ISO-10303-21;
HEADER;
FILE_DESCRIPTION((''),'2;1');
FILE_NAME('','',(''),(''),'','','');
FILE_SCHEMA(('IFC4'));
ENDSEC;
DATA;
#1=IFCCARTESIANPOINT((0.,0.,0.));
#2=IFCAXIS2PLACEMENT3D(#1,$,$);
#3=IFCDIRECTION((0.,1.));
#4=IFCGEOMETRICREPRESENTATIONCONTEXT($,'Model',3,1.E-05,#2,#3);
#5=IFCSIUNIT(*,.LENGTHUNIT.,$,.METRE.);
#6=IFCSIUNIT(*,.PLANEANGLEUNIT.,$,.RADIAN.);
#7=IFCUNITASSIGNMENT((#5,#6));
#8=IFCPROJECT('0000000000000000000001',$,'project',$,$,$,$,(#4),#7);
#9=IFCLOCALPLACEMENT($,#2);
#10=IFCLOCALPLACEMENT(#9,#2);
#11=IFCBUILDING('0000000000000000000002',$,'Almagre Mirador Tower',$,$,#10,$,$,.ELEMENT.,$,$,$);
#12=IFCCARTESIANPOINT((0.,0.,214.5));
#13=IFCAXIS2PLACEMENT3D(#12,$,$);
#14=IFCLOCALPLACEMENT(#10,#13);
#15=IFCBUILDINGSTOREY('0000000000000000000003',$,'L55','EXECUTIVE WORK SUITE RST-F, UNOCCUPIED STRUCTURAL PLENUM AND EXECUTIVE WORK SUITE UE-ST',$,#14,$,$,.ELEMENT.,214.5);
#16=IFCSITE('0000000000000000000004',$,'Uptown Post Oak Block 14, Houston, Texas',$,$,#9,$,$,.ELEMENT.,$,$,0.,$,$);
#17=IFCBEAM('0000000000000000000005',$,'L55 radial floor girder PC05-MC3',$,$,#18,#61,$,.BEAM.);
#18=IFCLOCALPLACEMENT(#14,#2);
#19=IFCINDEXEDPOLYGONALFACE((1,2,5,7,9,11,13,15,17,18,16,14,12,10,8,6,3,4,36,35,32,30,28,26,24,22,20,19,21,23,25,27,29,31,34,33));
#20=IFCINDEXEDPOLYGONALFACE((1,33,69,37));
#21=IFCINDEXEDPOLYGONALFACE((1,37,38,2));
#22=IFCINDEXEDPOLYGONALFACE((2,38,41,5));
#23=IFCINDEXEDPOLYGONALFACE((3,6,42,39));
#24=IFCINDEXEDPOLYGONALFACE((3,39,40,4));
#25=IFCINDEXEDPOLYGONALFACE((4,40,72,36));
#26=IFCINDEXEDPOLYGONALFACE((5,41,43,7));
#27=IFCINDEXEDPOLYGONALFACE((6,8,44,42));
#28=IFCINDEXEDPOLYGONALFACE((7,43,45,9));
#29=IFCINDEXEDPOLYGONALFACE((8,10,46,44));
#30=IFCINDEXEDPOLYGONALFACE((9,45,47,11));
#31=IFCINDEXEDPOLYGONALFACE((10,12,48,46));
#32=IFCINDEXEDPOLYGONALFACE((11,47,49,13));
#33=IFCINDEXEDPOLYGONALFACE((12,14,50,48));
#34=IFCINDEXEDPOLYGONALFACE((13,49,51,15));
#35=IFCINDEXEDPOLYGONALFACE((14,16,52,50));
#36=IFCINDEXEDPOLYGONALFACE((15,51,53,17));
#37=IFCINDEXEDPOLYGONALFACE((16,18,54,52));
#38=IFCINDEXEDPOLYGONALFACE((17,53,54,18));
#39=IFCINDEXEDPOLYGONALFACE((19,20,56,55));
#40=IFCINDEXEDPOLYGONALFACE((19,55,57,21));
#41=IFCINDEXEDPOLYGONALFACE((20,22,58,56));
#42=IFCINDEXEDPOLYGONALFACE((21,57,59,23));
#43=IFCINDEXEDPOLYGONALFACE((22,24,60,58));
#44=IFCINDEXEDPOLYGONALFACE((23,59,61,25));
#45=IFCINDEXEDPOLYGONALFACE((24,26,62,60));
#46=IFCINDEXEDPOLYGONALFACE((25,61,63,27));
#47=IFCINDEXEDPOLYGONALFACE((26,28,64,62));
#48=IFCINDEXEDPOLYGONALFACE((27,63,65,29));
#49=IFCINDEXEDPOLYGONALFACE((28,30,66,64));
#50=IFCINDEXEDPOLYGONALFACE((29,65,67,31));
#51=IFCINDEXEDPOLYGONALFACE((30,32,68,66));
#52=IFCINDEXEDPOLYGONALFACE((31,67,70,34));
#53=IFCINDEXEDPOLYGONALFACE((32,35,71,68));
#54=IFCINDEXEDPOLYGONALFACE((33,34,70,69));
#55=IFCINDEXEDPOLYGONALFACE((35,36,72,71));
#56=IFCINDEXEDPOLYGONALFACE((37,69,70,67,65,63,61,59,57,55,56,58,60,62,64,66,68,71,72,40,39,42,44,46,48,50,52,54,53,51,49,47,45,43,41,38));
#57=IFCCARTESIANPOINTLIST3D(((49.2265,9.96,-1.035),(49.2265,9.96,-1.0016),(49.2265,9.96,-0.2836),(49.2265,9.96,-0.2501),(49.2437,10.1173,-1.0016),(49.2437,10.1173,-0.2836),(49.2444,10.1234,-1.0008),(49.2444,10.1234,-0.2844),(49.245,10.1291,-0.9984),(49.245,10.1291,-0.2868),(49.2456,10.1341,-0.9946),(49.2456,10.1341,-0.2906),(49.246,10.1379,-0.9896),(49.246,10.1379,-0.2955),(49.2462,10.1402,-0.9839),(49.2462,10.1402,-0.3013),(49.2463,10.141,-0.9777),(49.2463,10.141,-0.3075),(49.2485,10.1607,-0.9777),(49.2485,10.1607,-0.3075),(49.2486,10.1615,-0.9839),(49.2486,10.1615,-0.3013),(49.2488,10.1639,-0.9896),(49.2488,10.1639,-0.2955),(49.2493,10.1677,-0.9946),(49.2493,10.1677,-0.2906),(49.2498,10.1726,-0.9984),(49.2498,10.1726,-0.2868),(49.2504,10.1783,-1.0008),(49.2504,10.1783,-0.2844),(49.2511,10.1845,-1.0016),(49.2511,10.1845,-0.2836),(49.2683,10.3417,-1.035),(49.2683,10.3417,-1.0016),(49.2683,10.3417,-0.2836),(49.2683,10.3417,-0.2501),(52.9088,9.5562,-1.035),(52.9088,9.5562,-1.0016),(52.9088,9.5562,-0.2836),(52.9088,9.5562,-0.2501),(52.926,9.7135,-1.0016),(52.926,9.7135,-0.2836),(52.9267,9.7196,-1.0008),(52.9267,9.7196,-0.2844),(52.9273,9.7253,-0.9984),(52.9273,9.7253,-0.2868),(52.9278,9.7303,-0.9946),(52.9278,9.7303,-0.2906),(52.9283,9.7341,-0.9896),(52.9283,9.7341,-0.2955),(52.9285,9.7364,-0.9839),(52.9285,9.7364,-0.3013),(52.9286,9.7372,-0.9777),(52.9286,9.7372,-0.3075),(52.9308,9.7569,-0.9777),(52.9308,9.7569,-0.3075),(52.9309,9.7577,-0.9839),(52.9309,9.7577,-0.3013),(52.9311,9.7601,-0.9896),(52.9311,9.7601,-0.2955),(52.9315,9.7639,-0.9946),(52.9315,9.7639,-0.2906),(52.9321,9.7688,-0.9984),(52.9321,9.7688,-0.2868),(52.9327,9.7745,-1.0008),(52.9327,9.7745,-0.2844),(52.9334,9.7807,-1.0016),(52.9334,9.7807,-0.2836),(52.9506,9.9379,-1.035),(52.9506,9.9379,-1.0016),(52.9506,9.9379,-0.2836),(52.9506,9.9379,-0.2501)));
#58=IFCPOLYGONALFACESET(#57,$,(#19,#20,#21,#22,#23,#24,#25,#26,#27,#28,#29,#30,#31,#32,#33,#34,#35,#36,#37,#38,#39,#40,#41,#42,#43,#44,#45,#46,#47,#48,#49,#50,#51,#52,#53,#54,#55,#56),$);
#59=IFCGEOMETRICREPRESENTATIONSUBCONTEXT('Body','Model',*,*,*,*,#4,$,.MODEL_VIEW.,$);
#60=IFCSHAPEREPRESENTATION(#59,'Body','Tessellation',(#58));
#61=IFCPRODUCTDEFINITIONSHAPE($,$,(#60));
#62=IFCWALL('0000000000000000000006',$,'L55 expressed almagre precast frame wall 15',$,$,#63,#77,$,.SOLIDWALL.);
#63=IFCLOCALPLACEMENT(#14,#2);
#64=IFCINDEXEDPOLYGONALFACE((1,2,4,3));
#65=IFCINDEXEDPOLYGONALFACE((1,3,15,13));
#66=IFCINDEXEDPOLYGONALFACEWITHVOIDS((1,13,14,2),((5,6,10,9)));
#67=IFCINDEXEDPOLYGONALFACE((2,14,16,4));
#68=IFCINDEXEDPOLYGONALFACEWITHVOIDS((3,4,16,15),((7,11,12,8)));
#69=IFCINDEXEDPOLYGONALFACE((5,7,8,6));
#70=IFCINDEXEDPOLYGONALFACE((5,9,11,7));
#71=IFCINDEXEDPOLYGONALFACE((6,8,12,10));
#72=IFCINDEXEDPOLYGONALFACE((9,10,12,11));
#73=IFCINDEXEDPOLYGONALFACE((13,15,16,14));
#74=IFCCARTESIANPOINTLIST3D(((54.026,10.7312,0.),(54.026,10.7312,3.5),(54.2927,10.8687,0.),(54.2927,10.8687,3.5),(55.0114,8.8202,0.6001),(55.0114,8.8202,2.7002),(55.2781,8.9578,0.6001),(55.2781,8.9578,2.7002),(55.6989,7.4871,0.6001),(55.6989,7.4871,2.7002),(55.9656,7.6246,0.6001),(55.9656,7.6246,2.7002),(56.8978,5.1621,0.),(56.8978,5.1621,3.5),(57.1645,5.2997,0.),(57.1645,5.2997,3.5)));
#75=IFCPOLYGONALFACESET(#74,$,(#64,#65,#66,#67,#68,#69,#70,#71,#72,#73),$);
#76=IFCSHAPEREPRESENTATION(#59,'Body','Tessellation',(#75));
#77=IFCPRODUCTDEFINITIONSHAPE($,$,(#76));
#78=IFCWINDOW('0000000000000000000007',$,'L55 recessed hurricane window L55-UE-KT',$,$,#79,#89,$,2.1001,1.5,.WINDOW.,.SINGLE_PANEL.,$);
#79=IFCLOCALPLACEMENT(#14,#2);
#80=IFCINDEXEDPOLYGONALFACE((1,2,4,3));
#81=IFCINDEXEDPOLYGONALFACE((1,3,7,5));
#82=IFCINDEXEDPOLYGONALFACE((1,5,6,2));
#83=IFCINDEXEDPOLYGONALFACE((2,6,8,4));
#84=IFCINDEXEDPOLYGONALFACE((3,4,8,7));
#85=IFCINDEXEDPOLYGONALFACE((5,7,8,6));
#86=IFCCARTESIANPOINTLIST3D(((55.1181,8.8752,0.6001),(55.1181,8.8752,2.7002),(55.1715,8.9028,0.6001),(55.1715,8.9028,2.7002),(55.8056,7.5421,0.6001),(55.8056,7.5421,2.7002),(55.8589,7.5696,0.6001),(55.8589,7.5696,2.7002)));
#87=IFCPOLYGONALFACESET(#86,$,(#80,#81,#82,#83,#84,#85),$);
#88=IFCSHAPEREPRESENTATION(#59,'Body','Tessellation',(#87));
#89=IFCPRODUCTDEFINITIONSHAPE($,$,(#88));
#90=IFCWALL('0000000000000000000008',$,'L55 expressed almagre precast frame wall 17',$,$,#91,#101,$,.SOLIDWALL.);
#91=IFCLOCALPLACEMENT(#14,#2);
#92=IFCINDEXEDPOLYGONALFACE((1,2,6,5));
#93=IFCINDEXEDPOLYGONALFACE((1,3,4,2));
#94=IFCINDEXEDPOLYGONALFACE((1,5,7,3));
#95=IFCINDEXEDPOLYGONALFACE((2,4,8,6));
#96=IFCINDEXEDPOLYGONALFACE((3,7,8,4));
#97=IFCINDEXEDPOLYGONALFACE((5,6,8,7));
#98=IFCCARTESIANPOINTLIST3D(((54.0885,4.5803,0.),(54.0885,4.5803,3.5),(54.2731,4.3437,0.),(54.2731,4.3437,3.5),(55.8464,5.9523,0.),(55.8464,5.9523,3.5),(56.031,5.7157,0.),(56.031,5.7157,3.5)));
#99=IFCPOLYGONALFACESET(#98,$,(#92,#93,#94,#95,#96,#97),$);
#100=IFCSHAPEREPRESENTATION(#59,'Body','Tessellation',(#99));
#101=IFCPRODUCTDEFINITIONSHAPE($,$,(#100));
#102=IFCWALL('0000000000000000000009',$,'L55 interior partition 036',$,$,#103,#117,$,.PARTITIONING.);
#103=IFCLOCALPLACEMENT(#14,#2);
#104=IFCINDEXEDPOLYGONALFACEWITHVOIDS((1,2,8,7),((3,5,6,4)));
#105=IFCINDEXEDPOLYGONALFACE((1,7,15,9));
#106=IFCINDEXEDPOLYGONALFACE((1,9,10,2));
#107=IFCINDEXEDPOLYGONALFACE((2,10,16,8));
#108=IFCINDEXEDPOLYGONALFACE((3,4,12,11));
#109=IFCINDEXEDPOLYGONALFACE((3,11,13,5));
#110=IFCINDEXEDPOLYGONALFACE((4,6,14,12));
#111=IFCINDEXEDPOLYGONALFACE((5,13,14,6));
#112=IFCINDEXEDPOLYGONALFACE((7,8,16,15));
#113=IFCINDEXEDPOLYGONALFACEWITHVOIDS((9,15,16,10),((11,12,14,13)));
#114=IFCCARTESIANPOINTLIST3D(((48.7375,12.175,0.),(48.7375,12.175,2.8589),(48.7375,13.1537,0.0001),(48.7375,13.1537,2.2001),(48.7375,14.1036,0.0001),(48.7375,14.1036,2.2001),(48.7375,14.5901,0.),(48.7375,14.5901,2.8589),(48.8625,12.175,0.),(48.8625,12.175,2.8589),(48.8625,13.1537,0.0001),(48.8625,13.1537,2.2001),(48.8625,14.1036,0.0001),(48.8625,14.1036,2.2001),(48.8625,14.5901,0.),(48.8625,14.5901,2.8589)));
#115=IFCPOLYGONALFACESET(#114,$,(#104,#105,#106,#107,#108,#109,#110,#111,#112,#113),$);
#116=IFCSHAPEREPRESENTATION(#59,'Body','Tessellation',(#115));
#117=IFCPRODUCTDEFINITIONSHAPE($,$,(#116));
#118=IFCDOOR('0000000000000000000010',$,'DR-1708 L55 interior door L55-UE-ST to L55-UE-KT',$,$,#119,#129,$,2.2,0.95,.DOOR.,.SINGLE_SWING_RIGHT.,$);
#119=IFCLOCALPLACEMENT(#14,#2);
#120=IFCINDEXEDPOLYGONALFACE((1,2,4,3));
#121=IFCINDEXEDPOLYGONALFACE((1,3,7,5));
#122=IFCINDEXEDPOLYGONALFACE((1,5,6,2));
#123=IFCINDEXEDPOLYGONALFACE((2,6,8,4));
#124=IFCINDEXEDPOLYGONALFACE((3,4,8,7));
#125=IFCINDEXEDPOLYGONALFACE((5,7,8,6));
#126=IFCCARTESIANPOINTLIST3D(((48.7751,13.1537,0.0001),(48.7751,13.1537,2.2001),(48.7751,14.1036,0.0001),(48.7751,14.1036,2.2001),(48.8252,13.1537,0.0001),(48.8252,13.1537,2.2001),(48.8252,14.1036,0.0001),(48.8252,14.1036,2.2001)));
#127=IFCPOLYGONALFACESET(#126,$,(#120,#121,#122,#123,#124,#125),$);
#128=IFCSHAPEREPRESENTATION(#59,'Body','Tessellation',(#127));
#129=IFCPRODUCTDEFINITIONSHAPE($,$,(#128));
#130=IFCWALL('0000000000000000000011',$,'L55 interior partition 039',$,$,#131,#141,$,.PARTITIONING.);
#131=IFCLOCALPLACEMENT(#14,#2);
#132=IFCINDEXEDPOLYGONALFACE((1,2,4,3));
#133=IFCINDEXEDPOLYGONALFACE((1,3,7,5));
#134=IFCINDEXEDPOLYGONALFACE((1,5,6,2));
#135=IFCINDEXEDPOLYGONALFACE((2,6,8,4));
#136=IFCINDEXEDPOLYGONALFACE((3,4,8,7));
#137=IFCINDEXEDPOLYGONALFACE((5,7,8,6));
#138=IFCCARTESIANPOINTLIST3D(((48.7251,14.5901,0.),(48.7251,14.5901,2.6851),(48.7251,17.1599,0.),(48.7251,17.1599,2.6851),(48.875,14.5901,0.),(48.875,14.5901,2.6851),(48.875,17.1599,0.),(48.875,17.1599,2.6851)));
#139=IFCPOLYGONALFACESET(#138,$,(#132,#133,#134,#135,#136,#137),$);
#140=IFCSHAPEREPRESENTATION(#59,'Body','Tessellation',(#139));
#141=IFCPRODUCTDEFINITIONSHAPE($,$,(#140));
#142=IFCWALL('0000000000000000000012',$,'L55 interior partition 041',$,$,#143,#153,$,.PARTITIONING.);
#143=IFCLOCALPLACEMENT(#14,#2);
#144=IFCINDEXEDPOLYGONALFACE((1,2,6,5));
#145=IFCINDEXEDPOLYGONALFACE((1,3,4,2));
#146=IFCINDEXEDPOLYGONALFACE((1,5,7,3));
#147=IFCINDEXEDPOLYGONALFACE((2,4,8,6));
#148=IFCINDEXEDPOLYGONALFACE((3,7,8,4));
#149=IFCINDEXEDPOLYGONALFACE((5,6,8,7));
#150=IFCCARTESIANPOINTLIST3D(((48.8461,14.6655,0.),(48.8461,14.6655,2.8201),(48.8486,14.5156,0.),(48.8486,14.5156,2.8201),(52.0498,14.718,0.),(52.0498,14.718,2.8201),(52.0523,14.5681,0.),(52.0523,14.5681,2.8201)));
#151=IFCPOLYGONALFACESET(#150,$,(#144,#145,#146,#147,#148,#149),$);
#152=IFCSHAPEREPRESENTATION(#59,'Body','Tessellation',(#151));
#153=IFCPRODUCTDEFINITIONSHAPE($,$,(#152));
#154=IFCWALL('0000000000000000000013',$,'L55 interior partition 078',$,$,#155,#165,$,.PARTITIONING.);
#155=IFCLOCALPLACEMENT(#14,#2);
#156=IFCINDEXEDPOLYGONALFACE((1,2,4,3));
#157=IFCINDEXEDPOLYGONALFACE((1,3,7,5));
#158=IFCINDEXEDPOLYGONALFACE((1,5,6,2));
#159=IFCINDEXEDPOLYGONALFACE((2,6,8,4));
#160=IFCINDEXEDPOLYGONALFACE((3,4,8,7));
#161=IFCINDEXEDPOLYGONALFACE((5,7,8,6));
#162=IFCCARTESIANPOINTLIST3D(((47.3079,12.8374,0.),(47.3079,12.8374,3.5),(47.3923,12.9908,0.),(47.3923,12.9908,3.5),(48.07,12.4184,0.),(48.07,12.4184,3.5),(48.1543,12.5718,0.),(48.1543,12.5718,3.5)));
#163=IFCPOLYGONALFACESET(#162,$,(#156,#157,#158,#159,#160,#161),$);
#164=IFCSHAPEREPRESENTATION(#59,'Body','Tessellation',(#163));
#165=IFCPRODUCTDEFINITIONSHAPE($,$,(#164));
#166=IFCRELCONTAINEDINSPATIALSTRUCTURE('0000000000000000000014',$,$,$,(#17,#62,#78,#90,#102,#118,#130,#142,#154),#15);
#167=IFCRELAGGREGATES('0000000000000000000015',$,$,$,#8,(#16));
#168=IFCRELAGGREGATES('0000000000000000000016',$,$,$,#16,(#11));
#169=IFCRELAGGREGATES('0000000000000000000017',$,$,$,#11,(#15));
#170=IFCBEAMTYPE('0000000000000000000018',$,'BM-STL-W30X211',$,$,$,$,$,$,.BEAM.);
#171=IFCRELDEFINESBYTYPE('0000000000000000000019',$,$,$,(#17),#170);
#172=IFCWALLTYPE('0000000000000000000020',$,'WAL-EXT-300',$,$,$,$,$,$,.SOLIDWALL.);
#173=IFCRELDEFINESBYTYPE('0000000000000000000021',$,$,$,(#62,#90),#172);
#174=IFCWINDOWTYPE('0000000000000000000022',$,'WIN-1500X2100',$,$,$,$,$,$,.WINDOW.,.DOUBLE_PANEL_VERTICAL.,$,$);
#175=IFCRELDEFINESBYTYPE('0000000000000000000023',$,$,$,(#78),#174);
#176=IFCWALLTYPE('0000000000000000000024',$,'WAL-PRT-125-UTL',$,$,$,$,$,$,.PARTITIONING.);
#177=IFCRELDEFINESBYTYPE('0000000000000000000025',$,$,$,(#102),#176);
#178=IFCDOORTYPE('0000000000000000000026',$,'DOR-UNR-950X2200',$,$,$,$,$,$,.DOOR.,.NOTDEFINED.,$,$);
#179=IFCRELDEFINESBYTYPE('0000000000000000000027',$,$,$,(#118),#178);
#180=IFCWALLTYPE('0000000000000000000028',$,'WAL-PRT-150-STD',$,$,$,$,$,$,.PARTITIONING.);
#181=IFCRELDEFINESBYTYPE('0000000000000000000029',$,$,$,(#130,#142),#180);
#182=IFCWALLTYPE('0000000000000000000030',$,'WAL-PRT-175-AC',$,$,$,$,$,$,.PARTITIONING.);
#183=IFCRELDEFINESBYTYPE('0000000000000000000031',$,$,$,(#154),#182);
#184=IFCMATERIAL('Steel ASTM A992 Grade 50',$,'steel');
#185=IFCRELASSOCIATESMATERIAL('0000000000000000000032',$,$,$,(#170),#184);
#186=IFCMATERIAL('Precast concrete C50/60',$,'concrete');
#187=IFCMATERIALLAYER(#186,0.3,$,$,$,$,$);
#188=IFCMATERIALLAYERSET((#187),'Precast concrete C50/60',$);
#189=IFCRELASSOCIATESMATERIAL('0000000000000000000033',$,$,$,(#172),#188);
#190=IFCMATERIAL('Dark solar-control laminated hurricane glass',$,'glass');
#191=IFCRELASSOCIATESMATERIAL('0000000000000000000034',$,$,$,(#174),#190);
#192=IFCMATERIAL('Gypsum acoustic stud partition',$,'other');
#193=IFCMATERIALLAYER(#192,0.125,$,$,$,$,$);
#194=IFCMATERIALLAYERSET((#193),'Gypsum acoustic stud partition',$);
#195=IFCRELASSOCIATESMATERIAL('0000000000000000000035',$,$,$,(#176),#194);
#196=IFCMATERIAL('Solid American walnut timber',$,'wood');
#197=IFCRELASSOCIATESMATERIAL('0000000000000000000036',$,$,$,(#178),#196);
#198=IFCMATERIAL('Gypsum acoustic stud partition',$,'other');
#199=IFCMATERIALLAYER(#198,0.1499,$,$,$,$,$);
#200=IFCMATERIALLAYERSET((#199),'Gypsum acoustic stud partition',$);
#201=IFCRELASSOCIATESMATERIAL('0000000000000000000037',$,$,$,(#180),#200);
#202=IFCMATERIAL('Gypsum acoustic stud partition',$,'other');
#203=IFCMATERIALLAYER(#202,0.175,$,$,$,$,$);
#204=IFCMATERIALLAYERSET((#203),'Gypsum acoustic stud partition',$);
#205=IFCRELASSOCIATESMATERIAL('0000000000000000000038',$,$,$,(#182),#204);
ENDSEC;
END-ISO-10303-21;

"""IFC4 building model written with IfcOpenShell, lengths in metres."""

from ifc_helpers import new_model, si_unit, direction, frame, frame_2d, origin, origin_2d, place, context, subcontext, project, spatial, rectangle, i_section, extrude, material, layer, layer_set, material_profile, profile_set, type_object, element, fill, save


model = new_model("IFC4")

# Units and contexts
model_context = context("Model", 3, precision=1e-05, world=origin(), true_north=direction((0.0, 1.0)))
body_context = subcontext(model_context, "Body", "Model", "MODEL_VIEW")
ifc_project = project(units=[si_unit("LENGTHUNIT", "METRE"), si_unit("PLANEANGLEUNIT", "RADIAN")], contexts=[model_context])

# Site, building, storey
site_placement = place(None, origin())
site = spatial("IfcSite", under=ifc_project, at=site_placement, Name="Uptown Post Oak Block 14, Houston, Texas", CompositionType="ELEMENT", RefElevation=0.0)
building_placement = place(site_placement, origin())
building = spatial("IfcBuilding", under=site, at=building_placement, Name="Almagre Mirador Tower", CompositionType="ELEMENT")
storey_placement = place(building_placement, frame((0.0, 0.0, 214.5)))
storey = spatial("IfcBuildingStorey", under=building, at=storey_placement, Name="L55", Description="EXECUTIVE WORK SUITE RST-F, UNOCCUPIED STRUCTURAL PLENUM AND EXECUTIVE WORK SUITE UE-ST", CompositionType="ELEMENT", Elevation=214.5)

# Beam
ifc_material_1 = material(Name="Steel ASTM A992 Grade 50", Category="steel")
ifc_material_profile_1 = material_profile(ifc_material_1, i_section(OverallWidth=0.384, OverallDepth=0.7849, WebThickness=0.0198, FlangeThickness=0.0334, FilletRadius=0.0239, at=origin_2d()), Name="W30X211")
ifc_profile_set_1 = profile_set([ifc_material_profile_1], Name="Steel ASTM A992 Grade 50")
beam_type_1 = type_object("IfcBeamType", Name="BM-STL-W30X211", PredefinedType="BEAM", material=ifc_profile_set_1)
beam_1_placement = place(storey_placement, frame((52.9297, 9.7471, -0.6426), z_axis=(-0.994041, 0.109006, 0.0), x_axis=(-0.109006, -0.994041, 0.0)))
element("IfcBeam", 1, at=beam_1_placement, inside=storey, type_object=beam_type_1, Name="L55 radial floor girder PC05-MC3", PredefinedType="BEAM", context=body_context, shape_type="SweptSolid", body=[
    extrude(i_section(OverallWidth=0.384, OverallDepth=0.7849, WebThickness=0.0198, FlangeThickness=0.0334, FilletRadius=0.0239, at=origin_2d()), origin(), (0.0, 0.0, 1.0), 3.7043),
])

# Wall, opening, window
ifc_material_2 = material(Name="Precast concrete C50/60", Category="concrete")
ifc_layer_1 = layer(ifc_material_2, 0.3)
ifc_layer_set_1 = layer_set([ifc_layer_1], Name="Precast concrete C50/60")
wall_type_1 = type_object("IfcWallType", Name="WAL-EXT-300", PredefinedType="SOLIDWALL", material=ifc_layer_set_1)
wall_1_placement = place(storey_placement, frame((54.1594, 10.7998, 0.0), z_axis=(0.0, 0.0, 1.0), x_axis=(0.458322, -0.888786, 0.0)))
wall_1 = element("IfcWall", 2, at=wall_1_placement, inside=storey, type_object=wall_type_1, Name="L55 expressed almagre precast frame wall 15", PredefinedType="SOLIDWALL", context=body_context, shape_type="SweptSolid", body=[
    extrude(rectangle(XDim=6.2659, YDim=0.3, at=frame_2d((3.1328, 0.0))), origin(), (0.0, 0.0, 1.0), 3.5),
])
opening_1_placement = place(wall_1_placement, frame((2.1499, 0.0, 0.6001)))
opening_1 = element("IfcOpeningElement", 3, at=opening_1_placement, cuts=wall_1, PredefinedType="OPENING", context=body_context, shape_type="SweptSolid", body=[
    extrude(rectangle(XDim=1.5, YDim=2.1001, at=frame_2d((0.75, 1.05))), frame((0.0, 0.1599, 0.0), z_axis=(0.0, -1.0, 0.0), x_axis=(1.0, 0.0, 0.0)), (0.0, 0.0, 1.0), 0.32),
])
ifc_material_3 = material(Name="Dark solar-control laminated hurricane glass", Category="glass")
window_type = type_object("IfcWindowType", Name="WIN-1500X2100", PartitioningType="DOUBLE_PANEL_VERTICAL", PredefinedType="WINDOW", material=ifc_material_3)
window_placement = place(opening_1_placement, origin())
window = element("IfcWindow", 4, at=window_placement, inside=storey, type_object=window_type, Name="L55 recessed hurricane window L55-UE-KT", OverallHeight=2.1001, OverallWidth=1.5, PartitioningType="SINGLE_PANEL", PredefinedType="WINDOW", context=body_context, shape_type="SweptSolid", body=[
    extrude(rectangle(XDim=1.5, YDim=2.1001, at=frame_2d((0.75, 1.05))), frame((0.0, 0.03, 0.0), z_axis=(0.0, -1.0, 0.0), x_axis=(1.0, 0.0, 0.0)), (0.0, 0.0, 1.0), 0.0601),
])
fill(opening_1, window)

# Wall
wall_2_placement = place(storey_placement, frame((55.9387, 5.834, 0.0), z_axis=(0.0, 0.0, 1.0), x_axis=(-0.788331, -0.615251, 0.0)))
element("IfcWall", 5, at=wall_2_placement, inside=storey, type_object=wall_type_1, Name="L55 expressed almagre precast frame wall 17", PredefinedType="SOLIDWALL", context=body_context, shape_type="SweptSolid", body=[
    extrude(rectangle(XDim=2.23, YDim=0.3, at=frame_2d((1.115, 0.0))), origin(), (0.0, 0.0, 1.0), 3.5),
])

# Wall, opening, door
ifc_material_4 = material(Name="Gypsum acoustic stud partition", Category="other")
ifc_layer_2 = layer(ifc_material_4, 0.125)
ifc_layer_set_2 = layer_set([ifc_layer_2], Name="Gypsum acoustic stud partition")
wall_type_2 = type_object("IfcWallType", Name="WAL-PRT-125-UTL", PredefinedType="PARTITIONING", material=ifc_layer_set_2)
wall_3_placement = place(storey_placement, frame((48.8, 12.175, 0.0), z_axis=(0.0, 0.0, 1.0), x_axis=(0.0, 1.0, 0.0)))
wall_3 = element("IfcWall", 6, at=wall_3_placement, inside=storey, type_object=wall_type_2, Name="L55 interior partition 036", PredefinedType="PARTITIONING", context=body_context, shape_type="SweptSolid", body=[
    extrude(rectangle(XDim=2.415, YDim=0.125, at=frame_2d((1.2075, 0.0))), origin(), (0.0, 0.0, 1.0), 2.8589),
])
opening_2_placement = place(wall_3_placement, frame((0.9785, 0.0, 0.0)))
opening_2 = element("IfcOpeningElement", 7, at=opening_2_placement, cuts=wall_3, PredefinedType="OPENING", context=body_context, shape_type="SweptSolid", body=[
    extrude(rectangle(XDim=0.95, YDim=2.2, at=frame_2d((0.4751, 1.1001))), frame((0.0, 0.0725, 0.0), z_axis=(0.0, -1.0, 0.0), x_axis=(1.0, 0.0, 0.0)), (0.0, 0.0, 1.0), 0.145),
])
ifc_material_5 = material(Name="Solid American walnut timber", Category="wood")
door_type = type_object("IfcDoorType", Name="DOR-UNR-950X2200", OperationType="NOTDEFINED", PredefinedType="DOOR", material=ifc_material_5)
door_placement = place(opening_2_placement, origin())
door = element("IfcDoor", 8, at=door_placement, inside=storey, type_object=door_type, Name="DR-1708 L55 interior door L55-UE-ST to L55-UE-KT", OperationType="SINGLE_SWING_RIGHT", OverallHeight=2.2, OverallWidth=0.95, PredefinedType="DOOR", context=body_context, shape_type="SweptSolid", body=[
    extrude(rectangle(XDim=0.95, YDim=2.2, at=frame_2d((0.4751, 1.1001))), frame((0.0, 0.0249, 0.0), z_axis=(0.0, -1.0, 0.0), x_axis=(1.0, 0.0, 0.0)), (0.0, 0.0, 1.0), 0.05),
])
fill(opening_2, door)

# Walls
ifc_material_6 = material(Name="Gypsum acoustic stud partition", Category="other")
ifc_layer_3 = layer(ifc_material_6, 0.1499)
ifc_layer_set_3 = layer_set([ifc_layer_3], Name="Gypsum acoustic stud partition")
wall_type_3 = type_object("IfcWallType", Name="WAL-PRT-150-STD", PredefinedType="PARTITIONING", material=ifc_layer_set_3)
wall_4_placement = place(storey_placement, frame((48.8, 14.5901, 0.0), z_axis=(0.0, 0.0, 1.0), x_axis=(0.0, 1.0, 0.0)))
element("IfcWall", 9, at=wall_4_placement, inside=storey, type_object=wall_type_3, Name="L55 interior partition 039", PredefinedType="PARTITIONING", context=body_context, shape_type="SweptSolid", body=[
    extrude(rectangle(XDim=2.5698, YDim=0.1499, at=frame_2d((1.2849, 0.0))), origin(), (0.0, 0.0, 1.0), 2.6851),
])
wall_5_placement = place(storey_placement, frame((52.051, 14.6431, 0.0), z_axis=(0.0, 0.0, 1.0), x_axis=(-0.999866, -0.016382, 0.0)))
element("IfcWall", 10, at=wall_5_placement, inside=storey, type_object=wall_type_3, Name="L55 interior partition 041", PredefinedType="PARTITIONING", context=body_context, shape_type="SweptSolid", body=[
    extrude(rectangle(XDim=3.2041, YDim=0.1499, at=frame_2d((1.6021, 0.0))), origin(), (0.0, 0.0, 1.0), 2.8201),
])
ifc_material_7 = material(Name="Gypsum acoustic stud partition", Category="other")
ifc_layer_4 = layer(ifc_material_7, 0.175)
ifc_layer_set_4 = layer_set([ifc_layer_4], Name="Gypsum acoustic stud partition")
wall_type_4 = type_object("IfcWallType", Name="WAL-PRT-175-AC", PredefinedType="PARTITIONING", material=ifc_layer_set_4)
wall_6_placement = place(storey_placement, frame((47.3501, 12.9141, 0.0), z_axis=(0.0, 0.0, 1.0), x_axis=(0.876281, -0.4818, 0.0)))
element("IfcWall", 11, at=wall_6_placement, inside=storey, type_object=wall_type_4, Name="L55 interior partition 078", PredefinedType="PARTITIONING", context=body_context, shape_type="SweptSolid", body=[
    extrude(rectangle(XDim=0.8696, YDim=0.175, at=frame_2d((0.4348, 0.0))), origin(), (0.0, 0.0, 1.0), 3.5),
])

save(model, "model.ifc")
